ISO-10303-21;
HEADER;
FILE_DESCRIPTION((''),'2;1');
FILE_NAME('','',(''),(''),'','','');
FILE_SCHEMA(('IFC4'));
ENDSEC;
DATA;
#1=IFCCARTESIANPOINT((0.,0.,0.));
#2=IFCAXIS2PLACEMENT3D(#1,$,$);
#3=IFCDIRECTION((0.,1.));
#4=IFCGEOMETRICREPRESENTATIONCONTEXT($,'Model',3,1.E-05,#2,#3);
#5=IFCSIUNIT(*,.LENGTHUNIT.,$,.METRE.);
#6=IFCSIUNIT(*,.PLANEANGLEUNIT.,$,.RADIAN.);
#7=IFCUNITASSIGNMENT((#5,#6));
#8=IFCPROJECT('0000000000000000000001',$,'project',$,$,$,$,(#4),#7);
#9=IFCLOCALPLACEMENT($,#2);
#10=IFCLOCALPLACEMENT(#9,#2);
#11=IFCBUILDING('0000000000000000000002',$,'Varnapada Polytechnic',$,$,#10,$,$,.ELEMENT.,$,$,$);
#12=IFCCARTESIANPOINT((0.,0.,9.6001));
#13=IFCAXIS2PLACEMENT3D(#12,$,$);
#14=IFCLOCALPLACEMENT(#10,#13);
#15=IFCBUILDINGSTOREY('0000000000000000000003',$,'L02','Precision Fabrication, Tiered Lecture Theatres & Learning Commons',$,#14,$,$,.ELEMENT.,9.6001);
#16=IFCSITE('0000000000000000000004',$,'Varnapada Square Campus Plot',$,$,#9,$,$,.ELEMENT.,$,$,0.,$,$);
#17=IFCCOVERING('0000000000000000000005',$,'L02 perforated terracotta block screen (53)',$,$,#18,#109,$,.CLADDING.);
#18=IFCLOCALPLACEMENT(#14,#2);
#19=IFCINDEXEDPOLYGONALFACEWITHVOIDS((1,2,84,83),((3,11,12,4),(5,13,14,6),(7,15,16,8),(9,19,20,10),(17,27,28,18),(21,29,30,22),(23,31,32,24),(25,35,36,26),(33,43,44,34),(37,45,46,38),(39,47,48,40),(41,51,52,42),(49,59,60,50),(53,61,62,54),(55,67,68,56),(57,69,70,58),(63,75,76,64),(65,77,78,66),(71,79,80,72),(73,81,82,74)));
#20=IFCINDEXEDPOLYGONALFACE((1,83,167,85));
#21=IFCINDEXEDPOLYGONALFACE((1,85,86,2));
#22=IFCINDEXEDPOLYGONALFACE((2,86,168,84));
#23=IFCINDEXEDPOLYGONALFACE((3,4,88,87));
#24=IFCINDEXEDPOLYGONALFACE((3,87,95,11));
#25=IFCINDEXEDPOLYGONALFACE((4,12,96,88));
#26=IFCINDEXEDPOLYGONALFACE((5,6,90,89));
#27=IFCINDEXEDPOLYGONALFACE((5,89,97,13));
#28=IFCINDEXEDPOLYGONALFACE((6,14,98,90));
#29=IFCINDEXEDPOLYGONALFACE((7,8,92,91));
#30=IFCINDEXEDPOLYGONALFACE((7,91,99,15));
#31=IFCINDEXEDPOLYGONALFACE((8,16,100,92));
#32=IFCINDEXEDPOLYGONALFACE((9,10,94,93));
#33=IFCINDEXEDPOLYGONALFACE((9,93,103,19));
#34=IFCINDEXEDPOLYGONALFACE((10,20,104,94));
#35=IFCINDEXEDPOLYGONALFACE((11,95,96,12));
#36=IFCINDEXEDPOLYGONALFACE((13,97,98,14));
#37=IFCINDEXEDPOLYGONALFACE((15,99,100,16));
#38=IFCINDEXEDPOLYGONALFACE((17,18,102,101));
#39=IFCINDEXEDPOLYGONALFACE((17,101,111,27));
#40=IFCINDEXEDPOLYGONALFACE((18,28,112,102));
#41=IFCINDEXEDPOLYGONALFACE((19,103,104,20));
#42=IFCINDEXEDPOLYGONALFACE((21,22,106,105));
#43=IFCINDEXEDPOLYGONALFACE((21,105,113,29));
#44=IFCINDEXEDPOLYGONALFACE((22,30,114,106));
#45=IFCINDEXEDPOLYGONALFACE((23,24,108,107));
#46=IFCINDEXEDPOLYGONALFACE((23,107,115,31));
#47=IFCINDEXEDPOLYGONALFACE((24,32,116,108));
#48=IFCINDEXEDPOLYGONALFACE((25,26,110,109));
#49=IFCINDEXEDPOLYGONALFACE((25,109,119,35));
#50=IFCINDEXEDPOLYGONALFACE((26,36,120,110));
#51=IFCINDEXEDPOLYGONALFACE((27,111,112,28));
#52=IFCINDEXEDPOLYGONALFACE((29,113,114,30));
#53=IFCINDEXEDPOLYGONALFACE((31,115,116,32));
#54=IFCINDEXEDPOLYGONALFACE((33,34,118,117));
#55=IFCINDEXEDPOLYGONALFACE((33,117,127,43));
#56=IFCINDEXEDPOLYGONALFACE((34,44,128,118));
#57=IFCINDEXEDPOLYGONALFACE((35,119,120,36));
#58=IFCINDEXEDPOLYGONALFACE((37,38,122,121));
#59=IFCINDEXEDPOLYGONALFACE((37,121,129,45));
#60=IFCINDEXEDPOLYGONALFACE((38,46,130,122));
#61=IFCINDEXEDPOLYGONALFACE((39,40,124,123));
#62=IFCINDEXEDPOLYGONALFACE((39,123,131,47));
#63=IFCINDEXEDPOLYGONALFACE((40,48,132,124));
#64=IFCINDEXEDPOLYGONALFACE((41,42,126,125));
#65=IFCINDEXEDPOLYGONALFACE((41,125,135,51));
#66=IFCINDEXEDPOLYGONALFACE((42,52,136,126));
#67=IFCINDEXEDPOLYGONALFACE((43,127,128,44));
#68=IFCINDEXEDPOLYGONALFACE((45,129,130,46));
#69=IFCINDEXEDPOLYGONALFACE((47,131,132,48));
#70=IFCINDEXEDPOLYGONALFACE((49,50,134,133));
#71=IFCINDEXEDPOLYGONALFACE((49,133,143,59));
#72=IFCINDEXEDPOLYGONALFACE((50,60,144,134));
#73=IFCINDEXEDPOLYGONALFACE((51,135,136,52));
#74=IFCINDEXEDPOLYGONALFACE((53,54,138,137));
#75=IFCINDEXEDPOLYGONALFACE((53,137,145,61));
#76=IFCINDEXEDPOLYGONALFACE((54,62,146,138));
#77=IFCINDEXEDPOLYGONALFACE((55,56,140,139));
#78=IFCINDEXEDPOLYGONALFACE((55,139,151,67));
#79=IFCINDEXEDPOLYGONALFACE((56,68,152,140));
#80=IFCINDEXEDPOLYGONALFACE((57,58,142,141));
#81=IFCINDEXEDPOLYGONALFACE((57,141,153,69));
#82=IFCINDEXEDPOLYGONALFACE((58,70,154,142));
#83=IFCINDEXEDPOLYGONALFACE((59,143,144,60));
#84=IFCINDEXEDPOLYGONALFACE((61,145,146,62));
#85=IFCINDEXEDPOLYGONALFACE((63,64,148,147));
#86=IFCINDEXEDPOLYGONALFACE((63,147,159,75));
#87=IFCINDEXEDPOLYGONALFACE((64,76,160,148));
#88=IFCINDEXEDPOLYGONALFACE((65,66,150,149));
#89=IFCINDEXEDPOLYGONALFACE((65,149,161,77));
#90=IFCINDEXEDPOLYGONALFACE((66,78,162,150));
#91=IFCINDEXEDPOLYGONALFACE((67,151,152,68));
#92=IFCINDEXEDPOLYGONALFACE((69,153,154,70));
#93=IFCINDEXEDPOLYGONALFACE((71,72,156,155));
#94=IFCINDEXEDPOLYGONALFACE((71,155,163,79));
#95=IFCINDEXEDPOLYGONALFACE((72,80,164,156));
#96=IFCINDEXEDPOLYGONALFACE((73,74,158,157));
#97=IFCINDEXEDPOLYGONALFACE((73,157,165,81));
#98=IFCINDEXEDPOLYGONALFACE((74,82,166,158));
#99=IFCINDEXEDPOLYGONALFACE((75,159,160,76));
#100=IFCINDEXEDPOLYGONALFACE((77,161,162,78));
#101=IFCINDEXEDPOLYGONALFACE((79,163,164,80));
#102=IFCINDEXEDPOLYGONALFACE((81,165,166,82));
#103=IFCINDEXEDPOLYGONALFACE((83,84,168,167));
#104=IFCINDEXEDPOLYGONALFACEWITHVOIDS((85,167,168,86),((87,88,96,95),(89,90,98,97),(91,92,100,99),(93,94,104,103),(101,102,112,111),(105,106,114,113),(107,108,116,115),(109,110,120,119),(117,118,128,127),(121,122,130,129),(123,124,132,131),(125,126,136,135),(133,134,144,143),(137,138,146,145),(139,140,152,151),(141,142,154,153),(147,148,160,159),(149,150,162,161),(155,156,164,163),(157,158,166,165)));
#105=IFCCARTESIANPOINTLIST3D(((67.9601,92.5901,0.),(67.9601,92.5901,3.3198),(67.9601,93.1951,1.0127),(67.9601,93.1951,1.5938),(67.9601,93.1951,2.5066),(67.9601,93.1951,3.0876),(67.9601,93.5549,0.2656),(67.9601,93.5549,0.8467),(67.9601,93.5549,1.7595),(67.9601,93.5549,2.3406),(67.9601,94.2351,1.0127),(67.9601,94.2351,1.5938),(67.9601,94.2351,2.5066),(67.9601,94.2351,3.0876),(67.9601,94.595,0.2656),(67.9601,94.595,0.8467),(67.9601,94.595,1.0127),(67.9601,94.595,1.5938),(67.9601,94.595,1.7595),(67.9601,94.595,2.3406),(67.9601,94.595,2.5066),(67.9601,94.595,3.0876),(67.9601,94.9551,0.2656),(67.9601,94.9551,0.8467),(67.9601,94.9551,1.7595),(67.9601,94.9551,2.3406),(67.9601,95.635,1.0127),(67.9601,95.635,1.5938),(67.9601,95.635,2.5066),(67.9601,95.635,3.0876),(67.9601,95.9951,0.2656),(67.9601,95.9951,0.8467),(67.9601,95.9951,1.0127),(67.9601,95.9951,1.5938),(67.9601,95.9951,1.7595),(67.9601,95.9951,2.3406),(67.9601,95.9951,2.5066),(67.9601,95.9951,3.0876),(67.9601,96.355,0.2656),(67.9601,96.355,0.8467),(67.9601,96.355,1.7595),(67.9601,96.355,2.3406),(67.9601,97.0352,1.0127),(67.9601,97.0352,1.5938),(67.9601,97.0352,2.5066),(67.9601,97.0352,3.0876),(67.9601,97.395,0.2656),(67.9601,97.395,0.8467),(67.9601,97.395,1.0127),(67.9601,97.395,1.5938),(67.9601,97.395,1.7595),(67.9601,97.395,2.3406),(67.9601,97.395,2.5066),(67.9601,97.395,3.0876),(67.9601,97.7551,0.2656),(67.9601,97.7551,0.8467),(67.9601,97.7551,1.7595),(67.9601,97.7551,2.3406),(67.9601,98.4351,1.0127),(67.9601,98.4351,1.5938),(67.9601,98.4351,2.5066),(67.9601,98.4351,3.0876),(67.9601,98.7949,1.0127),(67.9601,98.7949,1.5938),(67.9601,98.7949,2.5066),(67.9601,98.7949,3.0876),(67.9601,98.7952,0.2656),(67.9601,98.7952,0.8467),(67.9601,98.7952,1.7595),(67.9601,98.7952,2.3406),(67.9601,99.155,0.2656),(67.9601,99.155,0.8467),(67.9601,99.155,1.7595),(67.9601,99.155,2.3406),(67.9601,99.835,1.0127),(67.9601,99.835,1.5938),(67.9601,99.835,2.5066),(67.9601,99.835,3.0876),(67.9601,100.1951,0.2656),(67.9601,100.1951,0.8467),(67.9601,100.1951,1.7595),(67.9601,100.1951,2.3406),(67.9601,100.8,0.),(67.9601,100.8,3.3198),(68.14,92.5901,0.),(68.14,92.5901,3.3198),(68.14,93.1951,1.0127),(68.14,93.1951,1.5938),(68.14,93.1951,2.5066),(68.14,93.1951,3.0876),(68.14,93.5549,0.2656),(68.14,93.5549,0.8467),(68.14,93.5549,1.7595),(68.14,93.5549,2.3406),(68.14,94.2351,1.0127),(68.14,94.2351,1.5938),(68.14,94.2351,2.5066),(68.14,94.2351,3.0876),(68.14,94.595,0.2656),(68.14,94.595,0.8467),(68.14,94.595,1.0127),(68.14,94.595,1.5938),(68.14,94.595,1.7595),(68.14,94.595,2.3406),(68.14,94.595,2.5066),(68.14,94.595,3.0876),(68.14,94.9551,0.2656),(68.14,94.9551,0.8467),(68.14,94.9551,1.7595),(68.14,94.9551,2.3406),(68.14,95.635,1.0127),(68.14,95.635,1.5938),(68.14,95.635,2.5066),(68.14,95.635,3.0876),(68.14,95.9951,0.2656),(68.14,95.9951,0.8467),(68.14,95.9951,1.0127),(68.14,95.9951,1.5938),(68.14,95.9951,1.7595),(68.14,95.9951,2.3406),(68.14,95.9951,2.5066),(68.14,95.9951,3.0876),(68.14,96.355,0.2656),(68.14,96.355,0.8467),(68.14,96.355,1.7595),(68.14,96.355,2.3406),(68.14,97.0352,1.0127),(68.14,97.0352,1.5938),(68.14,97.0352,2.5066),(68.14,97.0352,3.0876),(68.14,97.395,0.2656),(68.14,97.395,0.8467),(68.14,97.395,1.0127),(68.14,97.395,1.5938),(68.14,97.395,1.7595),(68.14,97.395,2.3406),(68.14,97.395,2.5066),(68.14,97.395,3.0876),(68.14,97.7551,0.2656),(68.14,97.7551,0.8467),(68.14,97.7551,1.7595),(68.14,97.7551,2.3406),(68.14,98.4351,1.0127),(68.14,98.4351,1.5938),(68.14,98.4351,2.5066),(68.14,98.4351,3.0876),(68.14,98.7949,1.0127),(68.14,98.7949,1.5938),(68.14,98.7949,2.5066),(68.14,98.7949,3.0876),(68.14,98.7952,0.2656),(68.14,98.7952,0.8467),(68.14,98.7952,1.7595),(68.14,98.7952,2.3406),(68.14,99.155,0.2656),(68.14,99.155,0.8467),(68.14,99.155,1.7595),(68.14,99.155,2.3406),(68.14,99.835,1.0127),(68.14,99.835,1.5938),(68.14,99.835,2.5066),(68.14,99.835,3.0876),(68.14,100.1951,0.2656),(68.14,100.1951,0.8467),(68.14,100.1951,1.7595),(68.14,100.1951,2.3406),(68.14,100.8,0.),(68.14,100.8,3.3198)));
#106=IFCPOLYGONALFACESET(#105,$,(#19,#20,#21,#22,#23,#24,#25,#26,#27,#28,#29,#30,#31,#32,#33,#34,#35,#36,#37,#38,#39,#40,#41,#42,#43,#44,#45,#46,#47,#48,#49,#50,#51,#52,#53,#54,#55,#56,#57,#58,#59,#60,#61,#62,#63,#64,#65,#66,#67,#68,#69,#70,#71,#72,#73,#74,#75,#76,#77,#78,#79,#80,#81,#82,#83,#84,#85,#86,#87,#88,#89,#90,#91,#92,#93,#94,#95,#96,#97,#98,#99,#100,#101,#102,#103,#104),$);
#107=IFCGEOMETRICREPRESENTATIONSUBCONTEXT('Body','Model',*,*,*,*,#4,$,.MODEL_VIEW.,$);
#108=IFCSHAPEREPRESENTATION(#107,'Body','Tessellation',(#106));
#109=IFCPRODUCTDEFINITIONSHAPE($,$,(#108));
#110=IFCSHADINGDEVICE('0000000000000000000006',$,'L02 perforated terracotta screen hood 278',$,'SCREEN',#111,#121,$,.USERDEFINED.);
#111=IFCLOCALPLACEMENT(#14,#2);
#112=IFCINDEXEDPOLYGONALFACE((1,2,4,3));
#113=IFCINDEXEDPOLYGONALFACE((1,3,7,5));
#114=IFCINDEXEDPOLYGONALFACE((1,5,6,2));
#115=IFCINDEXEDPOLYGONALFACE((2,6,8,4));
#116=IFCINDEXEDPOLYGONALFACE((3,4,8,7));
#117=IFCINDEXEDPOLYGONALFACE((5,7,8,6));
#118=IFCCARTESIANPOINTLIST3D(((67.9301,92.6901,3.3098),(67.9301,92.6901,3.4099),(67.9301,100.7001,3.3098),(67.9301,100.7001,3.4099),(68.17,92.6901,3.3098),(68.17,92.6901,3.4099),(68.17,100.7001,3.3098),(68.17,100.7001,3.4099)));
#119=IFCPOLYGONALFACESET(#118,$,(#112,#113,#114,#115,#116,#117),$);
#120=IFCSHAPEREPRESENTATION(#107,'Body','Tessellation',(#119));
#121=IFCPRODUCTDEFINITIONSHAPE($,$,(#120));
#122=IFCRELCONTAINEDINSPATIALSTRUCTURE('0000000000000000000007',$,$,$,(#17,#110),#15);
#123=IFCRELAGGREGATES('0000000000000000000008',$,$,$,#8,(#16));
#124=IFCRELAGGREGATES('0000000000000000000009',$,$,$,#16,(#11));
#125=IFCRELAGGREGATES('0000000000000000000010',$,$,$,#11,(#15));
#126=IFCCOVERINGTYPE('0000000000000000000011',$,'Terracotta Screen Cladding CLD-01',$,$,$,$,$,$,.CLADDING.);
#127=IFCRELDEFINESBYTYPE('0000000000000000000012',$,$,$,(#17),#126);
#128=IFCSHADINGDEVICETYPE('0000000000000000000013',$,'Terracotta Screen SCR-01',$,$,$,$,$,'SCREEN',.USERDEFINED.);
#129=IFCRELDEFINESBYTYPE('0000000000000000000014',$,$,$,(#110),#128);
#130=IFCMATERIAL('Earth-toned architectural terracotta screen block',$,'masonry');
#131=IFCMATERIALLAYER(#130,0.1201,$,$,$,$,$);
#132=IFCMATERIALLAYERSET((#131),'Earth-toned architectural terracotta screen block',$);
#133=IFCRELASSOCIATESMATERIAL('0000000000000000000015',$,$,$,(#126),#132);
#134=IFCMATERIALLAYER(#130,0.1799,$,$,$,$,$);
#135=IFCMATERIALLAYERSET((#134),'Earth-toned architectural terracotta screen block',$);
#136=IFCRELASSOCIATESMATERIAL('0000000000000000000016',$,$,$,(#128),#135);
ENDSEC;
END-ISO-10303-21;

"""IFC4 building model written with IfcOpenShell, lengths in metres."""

from ifc_helpers import new_model, si_unit, direction, frame, frame_2d, origin, origin_2d, place, context, subcontext, project, spatial, rectangle, extrude, material, layer, layer_set, type_object, element, save


model = new_model("IFC4")

# Units and contexts
model_context = context("Model", 3, precision=1e-05, world=origin(), true_north=direction((0.0, 1.0)))
body_context = subcontext(model_context, "Body", "Model", "MODEL_VIEW")
ifc_project = project(units=[si_unit("LENGTHUNIT", "METRE"), si_unit("PLANEANGLEUNIT", "RADIAN")], contexts=[model_context])

# Site, building, storey
site_placement = place(None, origin())
site = spatial("IfcSite", under=ifc_project, at=site_placement, Name="Varnapada Square Campus Plot", CompositionType="ELEMENT", RefElevation=0.0)
building_placement = place(site_placement, origin())
building = spatial("IfcBuilding", under=site, at=building_placement, Name="Varnapada Polytechnic", CompositionType="ELEMENT")
storey_placement = place(building_placement, frame((0.0, 0.0, 9.6001)))
storey = spatial("IfcBuildingStorey", under=building, at=storey_placement, Name="L02", Description="Precision Fabrication, Tiered Lecture Theatres & Learning Commons", CompositionType="ELEMENT", Elevation=9.6001)

# Covering, openings
ifc_material_1 = material(Name="Earth-toned architectural terracotta screen block", Category="masonry")
ifc_layer_1 = layer(ifc_material_1, 0.1201)
ifc_layer_set_1 = layer_set([ifc_layer_1], Name="Earth-toned architectural terracotta screen block")
covering_type_1 = type_object("IfcCoveringType", Name="Terracotta Screen Cladding CLD-01", PredefinedType="CLADDING", material=ifc_layer_set_1)
covering_1_placement = place(storey_placement, frame((68.05, 100.8, 0.0), z_axis=(0.0, 0.0, 1.0), x_axis=(0.0, -1.0, 0.0)))
covering_1 = element("IfcCovering", 1, at=covering_1_placement, inside=storey, type_object=covering_type_1, Name="L02 perforated terracotta block screen (53)", PredefinedType="CLADDING", context=body_context, shape_type="SweptSolid", body=[
    extrude(rectangle(XDim=8.21, YDim=0.1799, at=frame_2d((4.105, 0.0))), origin(), (0.0, 0.0, 1.0), 3.3198),
])
opening_1_placement = place(covering_1_placement, frame((0.605, 0.0, 0.2656)))
element("IfcOpeningElement", 2, at=opening_1_placement, cuts=covering_1, PredefinedType="OPENING", context=body_context, shape_type="SweptSolid", body=[
    extrude(rectangle(XDim=1.04, YDim=0.5811, at=frame_2d((0.52, 0.2905))), frame((0.0, 0.0999, 0.0), z_axis=(0.0, -1.0, 0.0), x_axis=(1.0, 0.0, 0.0)), (0.0, 0.0, 1.0), 0.2),
])
opening_2_placement = place(covering_1_placement, frame((2.0049, 0.0, 0.2656)))
element("IfcOpeningElement", 3, at=opening_2_placement, cuts=covering_1, PredefinedType="OPENING", context=body_context, shape_type="SweptSolid", body=[
    extrude(rectangle(XDim=1.04, YDim=0.5811, at=frame_2d((0.52, 0.2905))), frame((0.0, 0.0999, 0.0), z_axis=(0.0, -1.0, 0.0), x_axis=(1.0, 0.0, 0.0)), (0.0, 0.0, 1.0), 0.2),
])
opening_3_placement = place(covering_1_placement, frame((3.405, 0.0, 0.2656)))
element("IfcOpeningElement", 4, at=opening_3_placement, cuts=covering_1, PredefinedType="OPENING", context=body_context, shape_type="SweptSolid", body=[
    extrude(rectangle(XDim=1.04, YDim=0.5811, at=frame_2d((0.52, 0.2905))), frame((0.0, 0.0999, 0.0), z_axis=(0.0, -1.0, 0.0), x_axis=(1.0, 0.0, 0.0)), (0.0, 0.0, 1.0), 0.2),
])
opening_4_placement = place(covering_1_placement, frame((4.8049, 0.0, 0.2656)))
element("IfcOpeningElement", 5, at=opening_4_placement, cuts=covering_1, PredefinedType="OPENING", context=body_context, shape_type="SweptSolid", body=[
    extrude(rectangle(XDim=1.04, YDim=0.5811, at=frame_2d((0.52, 0.2905))), frame((0.0, 0.0999, 0.0), z_axis=(0.0, -1.0, 0.0), x_axis=(1.0, 0.0, 0.0)), (0.0, 0.0, 1.0), 0.2),
])
opening_5_placement = place(covering_1_placement, frame((6.2051, 0.0, 0.2656)))
element("IfcOpeningElement", 6, at=opening_5_placement, cuts=covering_1, PredefinedType="OPENING", context=body_context, shape_type="SweptSolid", body=[
    extrude(rectangle(XDim=1.04, YDim=0.5811, at=frame_2d((0.52, 0.2905))), frame((0.0, 0.0999, 0.0), z_axis=(0.0, -1.0, 0.0), x_axis=(1.0, 0.0, 0.0)), (0.0, 0.0, 1.0), 0.2),
])
opening_6_placement = place(covering_1_placement, frame((0.9651, 0.0, 1.0127)))
element("IfcOpeningElement", 7, at=opening_6_placement, cuts=covering_1, PredefinedType="OPENING", context=body_context, shape_type="SweptSolid", body=[
    extrude(rectangle(XDim=1.04, YDim=0.5811, at=frame_2d((0.52, 0.2905))), frame((0.0, 0.0999, 0.0), z_axis=(0.0, -1.0, 0.0), x_axis=(1.0, 0.0, 0.0)), (0.0, 0.0, 1.0), 0.2),
])
opening_7_placement = place(covering_1_placement, frame((2.365, 0.0, 1.0127)))
element("IfcOpeningElement", 8, at=opening_7_placement, cuts=covering_1, PredefinedType="OPENING", context=body_context, shape_type="SweptSolid", body=[
    extrude(rectangle(XDim=1.04, YDim=0.5811, at=frame_2d((0.52, 0.2905))), frame((0.0, 0.0999, 0.0), z_axis=(0.0, -1.0, 0.0), x_axis=(1.0, 0.0, 0.0)), (0.0, 0.0, 1.0), 0.2),
])
opening_8_placement = place(covering_1_placement, frame((3.7649, 0.0, 1.0127)))
element("IfcOpeningElement", 9, at=opening_8_placement, cuts=covering_1, PredefinedType="OPENING", context=body_context, shape_type="SweptSolid", body=[
    extrude(rectangle(XDim=1.04, YDim=0.5811, at=frame_2d((0.52, 0.2905))), frame((0.0, 0.0999, 0.0), z_axis=(0.0, -1.0, 0.0), x_axis=(1.0, 0.0, 0.0)), (0.0, 0.0, 1.0), 0.2),
])
opening_9_placement = place(covering_1_placement, frame((5.165, 0.0, 1.0127)))
element("IfcOpeningElement", 10, at=opening_9_placement, cuts=covering_1, PredefinedType="OPENING", context=body_context, shape_type="SweptSolid", body=[
    extrude(rectangle(XDim=1.04, YDim=0.5811, at=frame_2d((0.52, 0.2905))), frame((0.0, 0.0999, 0.0), z_axis=(0.0, -1.0, 0.0), x_axis=(1.0, 0.0, 0.0)), (0.0, 0.0, 1.0), 0.2),
])
opening_10_placement = place(covering_1_placement, frame((6.5649, 0.0, 1.0127)))
element("IfcOpeningElement", 11, at=opening_10_placement, cuts=covering_1, PredefinedType="OPENING", context=body_context, shape_type="SweptSolid", body=[
    extrude(rectangle(XDim=1.04, YDim=0.5811, at=frame_2d((0.52, 0.2905))), frame((0.0, 0.0999, 0.0), z_axis=(0.0, -1.0, 0.0), x_axis=(1.0, 0.0, 0.0)), (0.0, 0.0, 1.0), 0.2),
])
opening_11_placement = place(covering_1_placement, frame((0.605, 0.0, 1.7595)))
element("IfcOpeningElement", 12, at=opening_11_placement, cuts=covering_1, PredefinedType="OPENING", context=body_context, shape_type="SweptSolid", body=[
    extrude(rectangle(XDim=1.04, YDim=0.5811, at=frame_2d((0.52, 0.2905))), frame((0.0, 0.0999, 0.0), z_axis=(0.0, -1.0, 0.0), x_axis=(1.0, 0.0, 0.0)), (0.0, 0.0, 1.0), 0.2),
])
opening_12_placement = place(covering_1_placement, frame((2.0049, 0.0, 1.7595)))
element("IfcOpeningElement", 13, at=opening_12_placement, cuts=covering_1, PredefinedType="OPENING", context=body_context, shape_type="SweptSolid", body=[
    extrude(rectangle(XDim=1.04, YDim=0.5811, at=frame_2d((0.52, 0.2905))), frame((0.0, 0.0999, 0.0), z_axis=(0.0, -1.0, 0.0), x_axis=(1.0, 0.0, 0.0)), (0.0, 0.0, 1.0), 0.2),
])
opening_13_placement = place(covering_1_placement, frame((3.405, 0.0, 1.7595)))
element("IfcOpeningElement", 14, at=opening_13_placement, cuts=covering_1, PredefinedType="OPENING", context=body_context, shape_type="SweptSolid", body=[
    extrude(rectangle(XDim=1.04, YDim=0.5811, at=frame_2d((0.52, 0.2905))), frame((0.0, 0.0999, 0.0), z_axis=(0.0, -1.0, 0.0), x_axis=(1.0, 0.0, 0.0)), (0.0, 0.0, 1.0), 0.2),
])
opening_14_placement = place(covering_1_placement, frame((4.8049, 0.0, 1.7595)))
element("IfcOpeningElement", 15, at=opening_14_placement, cuts=covering_1, PredefinedType="OPENING", context=body_context, shape_type="SweptSolid", body=[
    extrude(rectangle(XDim=1.04, YDim=0.5811, at=frame_2d((0.52, 0.2905))), frame((0.0, 0.0999, 0.0), z_axis=(0.0, -1.0, 0.0), x_axis=(1.0, 0.0, 0.0)), (0.0, 0.0, 1.0), 0.2),
])
opening_15_placement = place(covering_1_placement, frame((6.2051, 0.0, 1.7595)))
element("IfcOpeningElement", 16, at=opening_15_placement, cuts=covering_1, PredefinedType="OPENING", context=body_context, shape_type="SweptSolid", body=[
    extrude(rectangle(XDim=1.04, YDim=0.5811, at=frame_2d((0.52, 0.2905))), frame((0.0, 0.0999, 0.0), z_axis=(0.0, -1.0, 0.0), x_axis=(1.0, 0.0, 0.0)), (0.0, 0.0, 1.0), 0.2),
])
opening_16_placement = place(covering_1_placement, frame((0.9651, 0.0, 2.5066)))
element("IfcOpeningElement", 17, at=opening_16_placement, cuts=covering_1, PredefinedType="OPENING", context=body_context, shape_type="SweptSolid", body=[
    extrude(rectangle(XDim=1.04, YDim=0.5811, at=frame_2d((0.52, 0.2905))), frame((0.0, 0.0999, 0.0), z_axis=(0.0, -1.0, 0.0), x_axis=(1.0, 0.0, 0.0)), (0.0, 0.0, 1.0), 0.2),
])
opening_17_placement = place(covering_1_placement, frame((2.365, 0.0, 2.5066)))
element("IfcOpeningElement", 18, at=opening_17_placement, cuts=covering_1, PredefinedType="OPENING", context=body_context, shape_type="SweptSolid", body=[
    extrude(rectangle(XDim=1.04, YDim=0.5811, at=frame_2d((0.52, 0.2905))), frame((0.0, 0.0999, 0.0), z_axis=(0.0, -1.0, 0.0), x_axis=(1.0, 0.0, 0.0)), (0.0, 0.0, 1.0), 0.2),
])
opening_18_placement = place(covering_1_placement, frame((3.7649, 0.0, 2.5066)))
element("IfcOpeningElement", 19, at=opening_18_placement, cuts=covering_1, PredefinedType="OPENING", context=body_context, shape_type="SweptSolid", body=[
    extrude(rectangle(XDim=1.04, YDim=0.5811, at=frame_2d((0.52, 0.2905))), frame((0.0, 0.0999, 0.0), z_axis=(0.0, -1.0, 0.0), x_axis=(1.0, 0.0, 0.0)), (0.0, 0.0, 1.0), 0.2),
])
opening_19_placement = place(covering_1_placement, frame((5.165, 0.0, 2.5066)))
element("IfcOpeningElement", 20, at=opening_19_placement, cuts=covering_1, PredefinedType="OPENING", context=body_context, shape_type="SweptSolid", body=[
    extrude(rectangle(XDim=1.04, YDim=0.5811, at=frame_2d((0.52, 0.2905))), frame((0.0, 0.0999, 0.0), z_axis=(0.0, -1.0, 0.0), x_axis=(1.0, 0.0, 0.0)), (0.0, 0.0, 1.0), 0.2),
])
opening_20_placement = place(covering_1_placement, frame((6.5649, 0.0, 2.5066)))
element("IfcOpeningElement", 21, at=opening_20_placement, cuts=covering_1, PredefinedType="OPENING", context=body_context, shape_type="SweptSolid", body=[
    extrude(rectangle(XDim=1.04, YDim=0.5811, at=frame_2d((0.52, 0.2905))), frame((0.0, 0.0999, 0.0), z_axis=(0.0, -1.0, 0.0), x_axis=(1.0, 0.0, 0.0)), (0.0, 0.0, 1.0), 0.2),
])

# Shading device
ifc_layer_2 = layer(ifc_material_1, 0.1799)
ifc_layer_set_2 = layer_set([ifc_layer_2], Name="Earth-toned architectural terracotta screen block")
shading_device_type = type_object("IfcShadingDeviceType", Name="Terracotta Screen SCR-01", ElementType="SCREEN", PredefinedType="USERDEFINED", material=ifc_layer_set_2)
shading_device_1_placement = place(storey_placement, frame((68.05, 96.6951, 3.3098), z_axis=(0.0, 0.0, 1.0), x_axis=(0.0, -1.0, 0.0)))
element("IfcShadingDevice", 22, at=shading_device_1_placement, inside=storey, type_object=shading_device_type, Name="L02 perforated terracotta screen hood 278", ObjectType="SCREEN", PredefinedType="USERDEFINED", context=body_context, shape_type="SweptSolid", body=[
    extrude(rectangle(XDim=8.01, YDim=0.24, at=origin_2d()), origin(), (0.0, 0.0, 1.0), 0.1001),
])

save(model, "model.ifc")
